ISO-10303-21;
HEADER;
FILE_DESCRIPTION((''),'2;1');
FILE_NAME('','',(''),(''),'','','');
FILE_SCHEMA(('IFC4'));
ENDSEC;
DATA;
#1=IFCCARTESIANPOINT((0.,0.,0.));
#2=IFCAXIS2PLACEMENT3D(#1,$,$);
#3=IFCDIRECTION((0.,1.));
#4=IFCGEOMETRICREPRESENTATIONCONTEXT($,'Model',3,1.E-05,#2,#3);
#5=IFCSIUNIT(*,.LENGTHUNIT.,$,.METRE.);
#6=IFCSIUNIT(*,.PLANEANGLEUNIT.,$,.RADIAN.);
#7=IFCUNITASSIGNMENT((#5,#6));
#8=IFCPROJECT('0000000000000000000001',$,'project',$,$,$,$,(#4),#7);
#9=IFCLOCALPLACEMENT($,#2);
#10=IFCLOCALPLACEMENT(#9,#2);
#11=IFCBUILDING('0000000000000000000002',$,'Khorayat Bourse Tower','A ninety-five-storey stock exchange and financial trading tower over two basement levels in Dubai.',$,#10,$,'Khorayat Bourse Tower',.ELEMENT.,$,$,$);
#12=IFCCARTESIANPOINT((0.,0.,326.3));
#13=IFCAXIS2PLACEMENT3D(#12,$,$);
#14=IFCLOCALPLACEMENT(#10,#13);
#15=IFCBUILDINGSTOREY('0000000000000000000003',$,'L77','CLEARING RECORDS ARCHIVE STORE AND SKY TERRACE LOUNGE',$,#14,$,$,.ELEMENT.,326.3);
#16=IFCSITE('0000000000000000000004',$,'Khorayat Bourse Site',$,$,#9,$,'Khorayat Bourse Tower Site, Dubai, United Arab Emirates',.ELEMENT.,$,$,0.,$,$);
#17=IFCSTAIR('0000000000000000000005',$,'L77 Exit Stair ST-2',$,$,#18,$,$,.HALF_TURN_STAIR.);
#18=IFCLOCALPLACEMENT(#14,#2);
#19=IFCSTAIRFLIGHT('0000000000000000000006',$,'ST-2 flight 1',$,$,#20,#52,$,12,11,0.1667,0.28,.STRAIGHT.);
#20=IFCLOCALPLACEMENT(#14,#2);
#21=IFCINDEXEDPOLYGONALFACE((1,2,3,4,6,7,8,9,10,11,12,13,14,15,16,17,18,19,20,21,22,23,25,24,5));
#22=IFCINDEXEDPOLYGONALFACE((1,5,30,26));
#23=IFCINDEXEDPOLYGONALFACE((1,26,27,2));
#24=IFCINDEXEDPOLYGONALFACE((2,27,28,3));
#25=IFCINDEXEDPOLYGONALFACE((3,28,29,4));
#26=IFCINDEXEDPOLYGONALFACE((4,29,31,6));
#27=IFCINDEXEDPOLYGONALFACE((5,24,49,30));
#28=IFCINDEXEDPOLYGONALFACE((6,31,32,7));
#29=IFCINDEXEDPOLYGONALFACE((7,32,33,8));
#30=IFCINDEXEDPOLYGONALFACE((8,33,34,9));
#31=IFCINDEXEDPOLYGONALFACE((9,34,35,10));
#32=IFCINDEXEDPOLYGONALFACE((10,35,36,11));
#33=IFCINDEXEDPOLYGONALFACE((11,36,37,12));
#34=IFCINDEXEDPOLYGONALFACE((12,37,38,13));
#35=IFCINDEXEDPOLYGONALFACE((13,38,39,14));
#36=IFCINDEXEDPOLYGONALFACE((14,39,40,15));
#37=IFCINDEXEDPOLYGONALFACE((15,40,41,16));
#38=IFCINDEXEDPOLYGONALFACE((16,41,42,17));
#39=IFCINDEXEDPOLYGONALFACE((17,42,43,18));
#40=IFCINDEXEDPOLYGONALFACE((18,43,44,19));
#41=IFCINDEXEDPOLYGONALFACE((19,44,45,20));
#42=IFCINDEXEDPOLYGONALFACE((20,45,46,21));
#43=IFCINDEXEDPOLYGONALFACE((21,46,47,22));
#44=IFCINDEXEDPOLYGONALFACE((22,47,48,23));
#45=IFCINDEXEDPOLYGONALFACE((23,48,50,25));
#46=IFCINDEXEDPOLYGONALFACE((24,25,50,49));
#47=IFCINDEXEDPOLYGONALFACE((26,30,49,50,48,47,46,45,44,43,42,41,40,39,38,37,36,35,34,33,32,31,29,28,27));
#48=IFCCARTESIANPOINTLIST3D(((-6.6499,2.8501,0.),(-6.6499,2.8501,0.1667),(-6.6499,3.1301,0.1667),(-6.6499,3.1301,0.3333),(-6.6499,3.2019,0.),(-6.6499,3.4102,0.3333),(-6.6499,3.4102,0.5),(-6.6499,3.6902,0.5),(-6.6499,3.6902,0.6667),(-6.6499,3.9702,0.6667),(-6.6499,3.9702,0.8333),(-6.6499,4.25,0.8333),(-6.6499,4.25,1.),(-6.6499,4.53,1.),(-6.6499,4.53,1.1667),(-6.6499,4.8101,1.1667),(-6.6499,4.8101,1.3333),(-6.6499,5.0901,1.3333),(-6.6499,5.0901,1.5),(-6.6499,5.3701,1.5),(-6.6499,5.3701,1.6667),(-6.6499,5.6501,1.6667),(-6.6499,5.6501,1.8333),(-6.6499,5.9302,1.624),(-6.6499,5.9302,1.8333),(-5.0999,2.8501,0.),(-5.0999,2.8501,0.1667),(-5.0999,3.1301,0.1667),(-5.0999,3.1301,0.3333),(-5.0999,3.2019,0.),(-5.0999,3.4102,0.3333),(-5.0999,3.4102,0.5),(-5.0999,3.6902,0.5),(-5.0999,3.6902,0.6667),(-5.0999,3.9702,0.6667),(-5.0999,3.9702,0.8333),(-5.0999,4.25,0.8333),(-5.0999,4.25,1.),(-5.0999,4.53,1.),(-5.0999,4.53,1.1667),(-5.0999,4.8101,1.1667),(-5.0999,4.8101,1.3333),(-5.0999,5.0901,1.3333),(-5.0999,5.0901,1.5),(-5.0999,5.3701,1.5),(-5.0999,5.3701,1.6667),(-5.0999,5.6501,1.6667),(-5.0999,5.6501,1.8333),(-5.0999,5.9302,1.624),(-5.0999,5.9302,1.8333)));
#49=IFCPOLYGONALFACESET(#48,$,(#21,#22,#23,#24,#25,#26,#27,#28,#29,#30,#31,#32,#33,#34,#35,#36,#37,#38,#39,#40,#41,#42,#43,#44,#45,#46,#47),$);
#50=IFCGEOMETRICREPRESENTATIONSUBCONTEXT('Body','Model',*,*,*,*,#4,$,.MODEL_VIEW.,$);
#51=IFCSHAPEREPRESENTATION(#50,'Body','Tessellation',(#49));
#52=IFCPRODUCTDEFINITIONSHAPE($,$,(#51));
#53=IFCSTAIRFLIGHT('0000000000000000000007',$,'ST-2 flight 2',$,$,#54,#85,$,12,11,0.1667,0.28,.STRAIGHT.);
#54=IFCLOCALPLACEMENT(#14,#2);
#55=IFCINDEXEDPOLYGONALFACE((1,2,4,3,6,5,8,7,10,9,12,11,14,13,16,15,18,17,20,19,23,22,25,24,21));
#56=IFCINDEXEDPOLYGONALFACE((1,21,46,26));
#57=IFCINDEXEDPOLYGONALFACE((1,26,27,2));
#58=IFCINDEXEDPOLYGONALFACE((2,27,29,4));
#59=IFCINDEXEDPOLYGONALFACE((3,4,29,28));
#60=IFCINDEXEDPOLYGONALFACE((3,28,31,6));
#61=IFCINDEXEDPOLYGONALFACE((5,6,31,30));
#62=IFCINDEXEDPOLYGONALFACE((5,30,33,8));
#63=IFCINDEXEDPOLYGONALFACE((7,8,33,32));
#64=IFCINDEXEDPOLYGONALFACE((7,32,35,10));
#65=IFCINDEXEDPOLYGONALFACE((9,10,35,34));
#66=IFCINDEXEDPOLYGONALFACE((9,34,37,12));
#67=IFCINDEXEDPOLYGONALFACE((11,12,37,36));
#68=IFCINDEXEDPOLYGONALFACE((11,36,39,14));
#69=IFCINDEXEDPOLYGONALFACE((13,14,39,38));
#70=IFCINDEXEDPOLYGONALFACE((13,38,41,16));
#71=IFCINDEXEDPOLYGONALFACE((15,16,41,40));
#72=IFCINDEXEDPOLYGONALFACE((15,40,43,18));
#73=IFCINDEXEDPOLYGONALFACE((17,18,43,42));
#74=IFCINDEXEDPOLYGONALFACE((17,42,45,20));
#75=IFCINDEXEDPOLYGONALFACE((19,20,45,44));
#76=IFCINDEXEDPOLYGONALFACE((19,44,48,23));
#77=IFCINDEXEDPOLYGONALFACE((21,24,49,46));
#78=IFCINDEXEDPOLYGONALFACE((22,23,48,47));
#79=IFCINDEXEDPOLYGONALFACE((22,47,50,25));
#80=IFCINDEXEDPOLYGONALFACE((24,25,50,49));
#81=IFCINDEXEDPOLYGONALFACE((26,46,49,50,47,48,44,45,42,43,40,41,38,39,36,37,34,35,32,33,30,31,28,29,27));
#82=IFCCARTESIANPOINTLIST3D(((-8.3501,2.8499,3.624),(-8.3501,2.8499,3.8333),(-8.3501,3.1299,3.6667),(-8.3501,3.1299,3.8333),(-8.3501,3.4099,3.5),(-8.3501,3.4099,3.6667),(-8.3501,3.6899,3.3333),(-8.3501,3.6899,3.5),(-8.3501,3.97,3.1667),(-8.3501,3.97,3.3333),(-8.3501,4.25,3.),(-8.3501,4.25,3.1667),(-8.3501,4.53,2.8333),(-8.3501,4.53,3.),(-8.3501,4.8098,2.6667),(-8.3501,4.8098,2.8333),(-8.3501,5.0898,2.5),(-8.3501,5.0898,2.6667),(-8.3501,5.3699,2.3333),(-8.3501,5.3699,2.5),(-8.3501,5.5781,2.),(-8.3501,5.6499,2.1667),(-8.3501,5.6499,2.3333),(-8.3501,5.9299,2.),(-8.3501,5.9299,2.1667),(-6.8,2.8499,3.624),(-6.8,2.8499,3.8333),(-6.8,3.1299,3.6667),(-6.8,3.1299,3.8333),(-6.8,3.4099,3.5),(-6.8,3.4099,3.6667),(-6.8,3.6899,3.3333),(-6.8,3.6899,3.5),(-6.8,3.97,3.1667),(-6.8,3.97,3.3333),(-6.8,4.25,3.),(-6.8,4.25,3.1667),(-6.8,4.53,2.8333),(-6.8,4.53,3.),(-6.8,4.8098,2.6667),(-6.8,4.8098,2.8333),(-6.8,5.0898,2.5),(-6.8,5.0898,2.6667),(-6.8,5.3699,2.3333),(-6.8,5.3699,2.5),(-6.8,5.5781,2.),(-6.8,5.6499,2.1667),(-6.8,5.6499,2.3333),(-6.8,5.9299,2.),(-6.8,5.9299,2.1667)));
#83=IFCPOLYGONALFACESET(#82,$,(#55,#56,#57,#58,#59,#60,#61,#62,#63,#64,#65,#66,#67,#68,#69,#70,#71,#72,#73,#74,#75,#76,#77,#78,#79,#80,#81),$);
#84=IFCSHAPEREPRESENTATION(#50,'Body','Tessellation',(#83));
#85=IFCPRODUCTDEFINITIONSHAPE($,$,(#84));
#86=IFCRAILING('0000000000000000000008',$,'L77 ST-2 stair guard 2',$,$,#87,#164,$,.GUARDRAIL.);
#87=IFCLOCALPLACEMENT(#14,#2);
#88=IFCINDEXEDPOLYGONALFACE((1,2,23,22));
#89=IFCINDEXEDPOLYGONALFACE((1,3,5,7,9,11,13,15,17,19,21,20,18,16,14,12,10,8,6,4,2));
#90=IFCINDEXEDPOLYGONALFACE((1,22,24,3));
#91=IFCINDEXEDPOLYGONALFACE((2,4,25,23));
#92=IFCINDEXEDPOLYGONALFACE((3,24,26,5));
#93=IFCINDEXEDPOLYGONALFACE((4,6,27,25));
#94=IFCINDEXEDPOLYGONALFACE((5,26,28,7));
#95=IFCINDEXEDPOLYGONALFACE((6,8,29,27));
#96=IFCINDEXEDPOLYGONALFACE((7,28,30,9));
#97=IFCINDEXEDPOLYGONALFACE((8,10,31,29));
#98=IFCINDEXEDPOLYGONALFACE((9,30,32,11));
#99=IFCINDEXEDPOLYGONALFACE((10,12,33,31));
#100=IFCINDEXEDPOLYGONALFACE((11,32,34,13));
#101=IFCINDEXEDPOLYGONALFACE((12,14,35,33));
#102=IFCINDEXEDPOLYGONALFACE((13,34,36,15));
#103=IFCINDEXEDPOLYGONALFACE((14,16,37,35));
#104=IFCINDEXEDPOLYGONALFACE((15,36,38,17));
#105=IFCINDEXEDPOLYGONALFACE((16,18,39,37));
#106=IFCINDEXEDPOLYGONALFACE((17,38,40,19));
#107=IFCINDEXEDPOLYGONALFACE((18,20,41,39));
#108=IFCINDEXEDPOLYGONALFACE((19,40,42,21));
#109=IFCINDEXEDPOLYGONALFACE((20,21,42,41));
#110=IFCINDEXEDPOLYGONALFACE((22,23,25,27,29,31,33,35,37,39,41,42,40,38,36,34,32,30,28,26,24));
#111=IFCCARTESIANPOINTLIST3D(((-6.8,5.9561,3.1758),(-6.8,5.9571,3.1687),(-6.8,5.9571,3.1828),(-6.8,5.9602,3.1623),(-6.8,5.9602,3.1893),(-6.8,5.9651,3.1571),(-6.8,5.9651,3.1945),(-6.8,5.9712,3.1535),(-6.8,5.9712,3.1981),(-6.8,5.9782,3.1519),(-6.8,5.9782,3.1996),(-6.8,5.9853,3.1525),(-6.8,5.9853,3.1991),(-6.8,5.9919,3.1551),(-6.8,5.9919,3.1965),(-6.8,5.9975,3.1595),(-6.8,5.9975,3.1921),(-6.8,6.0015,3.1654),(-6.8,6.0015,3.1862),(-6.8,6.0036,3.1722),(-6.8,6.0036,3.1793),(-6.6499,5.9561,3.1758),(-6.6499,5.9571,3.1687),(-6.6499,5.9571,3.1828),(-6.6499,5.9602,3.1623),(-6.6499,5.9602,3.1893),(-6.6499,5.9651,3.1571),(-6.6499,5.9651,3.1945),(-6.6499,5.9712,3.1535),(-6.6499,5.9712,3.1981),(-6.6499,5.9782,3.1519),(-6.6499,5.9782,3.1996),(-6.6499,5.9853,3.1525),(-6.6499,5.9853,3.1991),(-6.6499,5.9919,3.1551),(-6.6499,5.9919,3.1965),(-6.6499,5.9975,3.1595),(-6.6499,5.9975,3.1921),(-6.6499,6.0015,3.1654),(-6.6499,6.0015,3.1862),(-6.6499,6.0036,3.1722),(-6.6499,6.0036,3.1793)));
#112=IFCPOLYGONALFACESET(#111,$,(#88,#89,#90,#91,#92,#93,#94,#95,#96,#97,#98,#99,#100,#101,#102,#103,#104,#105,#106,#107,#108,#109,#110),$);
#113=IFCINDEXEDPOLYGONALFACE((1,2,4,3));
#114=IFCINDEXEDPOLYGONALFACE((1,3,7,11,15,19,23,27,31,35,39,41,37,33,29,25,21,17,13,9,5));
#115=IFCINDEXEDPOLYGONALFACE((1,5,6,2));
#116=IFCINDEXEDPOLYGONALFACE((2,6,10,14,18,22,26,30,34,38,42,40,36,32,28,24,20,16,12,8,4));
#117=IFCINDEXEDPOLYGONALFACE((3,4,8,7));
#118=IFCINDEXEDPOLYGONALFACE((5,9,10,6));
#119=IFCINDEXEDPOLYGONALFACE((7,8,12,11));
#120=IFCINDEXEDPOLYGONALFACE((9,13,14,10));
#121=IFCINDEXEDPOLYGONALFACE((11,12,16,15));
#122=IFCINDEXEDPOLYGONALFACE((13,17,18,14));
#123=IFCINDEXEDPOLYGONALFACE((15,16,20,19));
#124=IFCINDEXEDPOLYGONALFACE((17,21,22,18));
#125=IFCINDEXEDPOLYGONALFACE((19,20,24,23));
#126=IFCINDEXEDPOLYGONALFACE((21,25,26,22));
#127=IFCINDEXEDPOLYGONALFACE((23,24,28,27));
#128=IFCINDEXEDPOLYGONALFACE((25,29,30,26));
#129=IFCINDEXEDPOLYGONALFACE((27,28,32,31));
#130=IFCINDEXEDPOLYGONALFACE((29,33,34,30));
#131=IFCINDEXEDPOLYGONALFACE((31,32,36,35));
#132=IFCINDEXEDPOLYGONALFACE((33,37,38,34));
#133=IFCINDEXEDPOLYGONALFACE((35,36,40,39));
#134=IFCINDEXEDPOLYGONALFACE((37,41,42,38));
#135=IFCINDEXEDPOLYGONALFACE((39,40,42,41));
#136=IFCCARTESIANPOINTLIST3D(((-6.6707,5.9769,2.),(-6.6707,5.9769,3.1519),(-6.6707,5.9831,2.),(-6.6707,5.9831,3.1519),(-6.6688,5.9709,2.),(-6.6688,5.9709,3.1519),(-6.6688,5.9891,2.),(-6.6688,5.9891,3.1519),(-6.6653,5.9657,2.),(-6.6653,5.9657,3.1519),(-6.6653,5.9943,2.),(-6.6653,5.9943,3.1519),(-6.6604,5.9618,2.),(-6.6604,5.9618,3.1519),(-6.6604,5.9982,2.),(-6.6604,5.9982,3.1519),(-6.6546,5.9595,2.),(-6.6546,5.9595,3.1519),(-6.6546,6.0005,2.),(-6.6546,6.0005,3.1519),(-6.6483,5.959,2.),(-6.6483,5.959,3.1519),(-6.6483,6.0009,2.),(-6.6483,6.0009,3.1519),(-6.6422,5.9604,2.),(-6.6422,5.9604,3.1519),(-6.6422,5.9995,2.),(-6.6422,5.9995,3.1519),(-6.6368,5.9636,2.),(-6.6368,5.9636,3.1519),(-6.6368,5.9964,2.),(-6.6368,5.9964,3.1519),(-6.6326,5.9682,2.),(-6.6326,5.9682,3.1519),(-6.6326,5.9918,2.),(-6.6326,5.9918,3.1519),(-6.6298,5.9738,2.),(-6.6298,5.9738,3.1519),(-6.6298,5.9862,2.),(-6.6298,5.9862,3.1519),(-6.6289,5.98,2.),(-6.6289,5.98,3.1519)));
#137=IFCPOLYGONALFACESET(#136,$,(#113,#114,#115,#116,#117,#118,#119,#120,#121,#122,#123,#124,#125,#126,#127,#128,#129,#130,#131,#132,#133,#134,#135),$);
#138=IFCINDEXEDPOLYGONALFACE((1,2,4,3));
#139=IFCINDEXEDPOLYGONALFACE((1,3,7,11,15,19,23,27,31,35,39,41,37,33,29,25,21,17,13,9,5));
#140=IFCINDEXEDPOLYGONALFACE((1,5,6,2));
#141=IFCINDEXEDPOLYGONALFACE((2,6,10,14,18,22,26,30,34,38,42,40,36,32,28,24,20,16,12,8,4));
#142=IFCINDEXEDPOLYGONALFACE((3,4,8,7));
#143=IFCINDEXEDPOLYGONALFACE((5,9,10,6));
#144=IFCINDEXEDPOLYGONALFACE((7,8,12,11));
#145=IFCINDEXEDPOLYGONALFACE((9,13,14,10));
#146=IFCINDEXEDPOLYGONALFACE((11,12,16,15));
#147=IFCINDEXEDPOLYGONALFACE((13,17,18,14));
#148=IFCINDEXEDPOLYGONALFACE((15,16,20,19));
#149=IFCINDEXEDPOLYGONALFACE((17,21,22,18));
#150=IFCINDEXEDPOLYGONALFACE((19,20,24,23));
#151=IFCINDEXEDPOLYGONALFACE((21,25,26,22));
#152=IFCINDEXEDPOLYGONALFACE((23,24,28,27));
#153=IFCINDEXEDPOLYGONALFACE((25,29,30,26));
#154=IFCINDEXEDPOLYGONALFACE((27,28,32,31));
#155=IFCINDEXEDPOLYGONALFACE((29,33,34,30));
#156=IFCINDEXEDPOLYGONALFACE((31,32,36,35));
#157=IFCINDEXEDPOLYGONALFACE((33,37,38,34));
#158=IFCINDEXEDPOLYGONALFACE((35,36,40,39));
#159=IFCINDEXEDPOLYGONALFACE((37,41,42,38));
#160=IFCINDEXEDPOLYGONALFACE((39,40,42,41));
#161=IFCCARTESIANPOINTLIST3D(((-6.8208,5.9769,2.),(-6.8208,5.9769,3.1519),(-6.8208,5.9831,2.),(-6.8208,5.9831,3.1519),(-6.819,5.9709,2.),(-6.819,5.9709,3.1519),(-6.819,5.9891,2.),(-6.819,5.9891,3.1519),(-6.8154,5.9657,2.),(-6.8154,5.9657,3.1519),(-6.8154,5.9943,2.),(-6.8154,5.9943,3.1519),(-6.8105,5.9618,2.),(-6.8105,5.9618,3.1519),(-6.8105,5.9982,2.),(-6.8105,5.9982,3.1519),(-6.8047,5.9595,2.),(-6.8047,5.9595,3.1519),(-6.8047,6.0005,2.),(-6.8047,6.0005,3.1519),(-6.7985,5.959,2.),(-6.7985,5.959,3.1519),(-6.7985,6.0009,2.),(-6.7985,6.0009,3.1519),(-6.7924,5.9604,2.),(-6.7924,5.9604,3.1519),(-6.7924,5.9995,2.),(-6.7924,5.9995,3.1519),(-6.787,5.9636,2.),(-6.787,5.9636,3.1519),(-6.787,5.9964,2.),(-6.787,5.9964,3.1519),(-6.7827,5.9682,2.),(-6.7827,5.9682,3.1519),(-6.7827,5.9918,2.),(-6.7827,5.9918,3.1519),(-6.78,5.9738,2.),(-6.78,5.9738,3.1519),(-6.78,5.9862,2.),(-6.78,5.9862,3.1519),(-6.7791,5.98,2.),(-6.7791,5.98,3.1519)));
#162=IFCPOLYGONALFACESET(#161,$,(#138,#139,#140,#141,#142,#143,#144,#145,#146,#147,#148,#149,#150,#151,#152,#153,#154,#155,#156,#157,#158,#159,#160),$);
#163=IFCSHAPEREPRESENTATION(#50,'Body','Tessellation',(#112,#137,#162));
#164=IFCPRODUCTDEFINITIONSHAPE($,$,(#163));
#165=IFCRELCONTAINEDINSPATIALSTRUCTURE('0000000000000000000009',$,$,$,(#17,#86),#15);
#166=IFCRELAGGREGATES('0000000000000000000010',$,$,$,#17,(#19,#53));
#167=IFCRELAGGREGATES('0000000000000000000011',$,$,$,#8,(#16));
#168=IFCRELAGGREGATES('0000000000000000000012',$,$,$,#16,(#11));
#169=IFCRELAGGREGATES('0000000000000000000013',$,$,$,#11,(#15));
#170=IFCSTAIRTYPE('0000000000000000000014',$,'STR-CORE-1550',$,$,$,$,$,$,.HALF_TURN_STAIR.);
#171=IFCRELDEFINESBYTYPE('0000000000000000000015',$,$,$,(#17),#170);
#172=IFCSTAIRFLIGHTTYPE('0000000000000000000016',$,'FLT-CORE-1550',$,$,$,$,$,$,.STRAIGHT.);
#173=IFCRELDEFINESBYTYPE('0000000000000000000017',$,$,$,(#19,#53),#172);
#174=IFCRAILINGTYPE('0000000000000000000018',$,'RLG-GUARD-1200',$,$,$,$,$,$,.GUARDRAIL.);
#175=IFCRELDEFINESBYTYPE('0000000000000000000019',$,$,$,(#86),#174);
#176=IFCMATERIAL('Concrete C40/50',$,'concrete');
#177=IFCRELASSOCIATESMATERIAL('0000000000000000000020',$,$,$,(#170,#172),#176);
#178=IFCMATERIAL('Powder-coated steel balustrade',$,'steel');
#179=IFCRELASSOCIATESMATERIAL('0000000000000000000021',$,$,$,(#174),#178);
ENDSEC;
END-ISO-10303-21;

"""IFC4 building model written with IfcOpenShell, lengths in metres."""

from ifc_helpers import new_model, si_unit, direction, frame, origin, origin_2d, place, context, subcontext, project, spatial, polyline, circle, outline, extrude, source, transform, mapped, material, type_object, element, aggregate, save


model = new_model("IFC4")

# Units and contexts
model_context = context("Model", 3, precision=1e-05, world=origin(), true_north=direction((0.0, 1.0)))
body_context = subcontext(model_context, "Body", "Model", "MODEL_VIEW")
ifc_project = project(units=[si_unit("LENGTHUNIT", "METRE"), si_unit("PLANEANGLEUNIT", "RADIAN")], contexts=[model_context])

# Site, building, storey
site_placement = place(None, origin())
site = spatial("IfcSite", under=ifc_project, at=site_placement, Name="Khorayat Bourse Site", LongName="Khorayat Bourse Tower Site, Dubai, United Arab Emirates", CompositionType="ELEMENT", RefElevation=0.0)
building_placement = place(site_placement, origin())
building = spatial("IfcBuilding", under=site, at=building_placement, Name="Khorayat Bourse Tower", Description="A ninety-five-storey stock exchange and financial trading tower over two basement levels in Dubai.", LongName="Khorayat Bourse Tower", CompositionType="ELEMENT")
storey_placement = place(building_placement, frame((0.0, 0.0, 326.3)))
storey = spatial("IfcBuildingStorey", under=building, at=storey_placement, Name="L77", Description="CLEARING RECORDS ARCHIVE STORE AND SKY TERRACE LOUNGE", CompositionType="ELEMENT", Elevation=326.3)

# Stair, stair flights
ifc_material_1 = material(Name="Concrete C40/50", Category="concrete")
stair_type = type_object("IfcStairType", Name="STR-CORE-1550", PredefinedType="HALF_TURN_STAIR", material=ifc_material_1)
stair_placement = place(storey_placement, origin())
stair = element("IfcStair", 1, at=stair_placement, inside=storey, type_object=stair_type, Name="L77 Exit Stair ST-2", PredefinedType="HALF_TURN_STAIR")
stair_flight_type = type_object("IfcStairFlightType", Name="FLT-CORE-1550", PredefinedType="STRAIGHT", material=ifc_material_1)
shared_shape_1 = source(origin(), body_context, "Body", "SweptSolid", [
    extrude(outline(polyline([(0.0, 0.0), (0.0, 0.1667), (0.28, 0.1667), (0.28, 0.3333), (0.5601, 0.3333), (0.5601, 0.5), (0.8401, 0.5), (0.8401, 0.6667), (1.1201, 0.6667), (1.1201, 0.8333), (1.3999, 0.8333), (1.3999, 1.0), (1.6799, 1.0), (1.6799, 1.1667), (1.96, 1.1667), (1.96, 1.3333), (2.24, 1.3333), (2.24, 1.5), (2.52, 1.5), (2.52, 1.6667), (2.8, 1.6667), (2.8, 1.8333), (3.0801, 1.8333), (3.0801, 2.0), (3.0801, 1.624), (0.3518, 0.0), (0.0, 0.0)])), frame((0.0, 0.7749, 0.0), z_axis=(0.0, -1.0, 0.0), x_axis=(1.0, 0.0, 0.0)), (0.0, 0.0, 1.0), 1.55),
])
stair_flight_1_placement = place(storey_placement, frame((-5.875, 2.8501, 0.0), z_axis=(0.0, 0.0, 1.0), x_axis=(0.0, 1.0, 0.0)))
stair_flight_1 = element("IfcStairFlight", 2, at=stair_flight_1_placement, type_object=stair_flight_type, Name="ST-2 flight 1", NumberOfRisers=12, NumberOfTreads=11, PredefinedType="STRAIGHT", RiserHeight=0.1667, TreadLength=0.28, context=body_context, shape_type="MappedRepresentation", body=[
    mapped(shared_shape_1, transform((0.0, 0.0, 0.0), scale=1.0)),
])
stair_flight_2_placement = place(storey_placement, frame((-7.575, 5.9299, 2.0), z_axis=(0.0, 0.0, 1.0), x_axis=(0.0, -1.0, 0.0)))
stair_flight_2 = element("IfcStairFlight", 3, at=stair_flight_2_placement, type_object=stair_flight_type, Name="ST-2 flight 2", NumberOfRisers=12, NumberOfTreads=11, PredefinedType="STRAIGHT", RiserHeight=0.1667, TreadLength=0.28, context=body_context, shape_type="MappedRepresentation", body=[
    mapped(shared_shape_1, transform((0.0, 0.0, 0.0), scale=1.0)),
])
aggregate(stair, [stair_flight_1, stair_flight_2])

# Railing
ifc_material_2 = material(Name="Powder-coated steel balustrade", Category="steel")
railing_type_1 = type_object("IfcRailingType", Name="RLG-GUARD-1200", PredefinedType="GUARDRAIL", material=ifc_material_2)
shared_shape_2 = source(origin(), body_context, "Body", "SweptSolid", [
    extrude(circle(Radius=0.0239, at=origin_2d()), frame((0.0, 0.0, 1.1758), z_axis=(-1.0, 0.0, 0.0), x_axis=(0.0, -1.0, 0.0)), (0.0, 0.0, 1.0), 0.1501),
    extrude(circle(Radius=0.021, at=origin_2d()), origin(), (0.0, 0.0, 1.0), 1.1519),
    extrude(circle(Radius=0.021, at=origin_2d()), frame((-0.1501, 0.0, 0.0)), (0.0, 0.0, 1.0), 1.1519),
])
for number, where, name in (
    (4, (-6.6499, 5.98, 2.0), "L77 ST-2 stair guard 2"),
):
    element("IfcRailing", number, at=place(storey_placement, frame(where)), inside=storey, type_object=railing_type_1, Name=name, PredefinedType="GUARDRAIL", context=body_context, shape_type="MappedRepresentation", body=[
        mapped(shared_shape_2, transform((0.0, 0.0, 0.0), scale=1.0)),
    ])

save(model, "model.ifc")
